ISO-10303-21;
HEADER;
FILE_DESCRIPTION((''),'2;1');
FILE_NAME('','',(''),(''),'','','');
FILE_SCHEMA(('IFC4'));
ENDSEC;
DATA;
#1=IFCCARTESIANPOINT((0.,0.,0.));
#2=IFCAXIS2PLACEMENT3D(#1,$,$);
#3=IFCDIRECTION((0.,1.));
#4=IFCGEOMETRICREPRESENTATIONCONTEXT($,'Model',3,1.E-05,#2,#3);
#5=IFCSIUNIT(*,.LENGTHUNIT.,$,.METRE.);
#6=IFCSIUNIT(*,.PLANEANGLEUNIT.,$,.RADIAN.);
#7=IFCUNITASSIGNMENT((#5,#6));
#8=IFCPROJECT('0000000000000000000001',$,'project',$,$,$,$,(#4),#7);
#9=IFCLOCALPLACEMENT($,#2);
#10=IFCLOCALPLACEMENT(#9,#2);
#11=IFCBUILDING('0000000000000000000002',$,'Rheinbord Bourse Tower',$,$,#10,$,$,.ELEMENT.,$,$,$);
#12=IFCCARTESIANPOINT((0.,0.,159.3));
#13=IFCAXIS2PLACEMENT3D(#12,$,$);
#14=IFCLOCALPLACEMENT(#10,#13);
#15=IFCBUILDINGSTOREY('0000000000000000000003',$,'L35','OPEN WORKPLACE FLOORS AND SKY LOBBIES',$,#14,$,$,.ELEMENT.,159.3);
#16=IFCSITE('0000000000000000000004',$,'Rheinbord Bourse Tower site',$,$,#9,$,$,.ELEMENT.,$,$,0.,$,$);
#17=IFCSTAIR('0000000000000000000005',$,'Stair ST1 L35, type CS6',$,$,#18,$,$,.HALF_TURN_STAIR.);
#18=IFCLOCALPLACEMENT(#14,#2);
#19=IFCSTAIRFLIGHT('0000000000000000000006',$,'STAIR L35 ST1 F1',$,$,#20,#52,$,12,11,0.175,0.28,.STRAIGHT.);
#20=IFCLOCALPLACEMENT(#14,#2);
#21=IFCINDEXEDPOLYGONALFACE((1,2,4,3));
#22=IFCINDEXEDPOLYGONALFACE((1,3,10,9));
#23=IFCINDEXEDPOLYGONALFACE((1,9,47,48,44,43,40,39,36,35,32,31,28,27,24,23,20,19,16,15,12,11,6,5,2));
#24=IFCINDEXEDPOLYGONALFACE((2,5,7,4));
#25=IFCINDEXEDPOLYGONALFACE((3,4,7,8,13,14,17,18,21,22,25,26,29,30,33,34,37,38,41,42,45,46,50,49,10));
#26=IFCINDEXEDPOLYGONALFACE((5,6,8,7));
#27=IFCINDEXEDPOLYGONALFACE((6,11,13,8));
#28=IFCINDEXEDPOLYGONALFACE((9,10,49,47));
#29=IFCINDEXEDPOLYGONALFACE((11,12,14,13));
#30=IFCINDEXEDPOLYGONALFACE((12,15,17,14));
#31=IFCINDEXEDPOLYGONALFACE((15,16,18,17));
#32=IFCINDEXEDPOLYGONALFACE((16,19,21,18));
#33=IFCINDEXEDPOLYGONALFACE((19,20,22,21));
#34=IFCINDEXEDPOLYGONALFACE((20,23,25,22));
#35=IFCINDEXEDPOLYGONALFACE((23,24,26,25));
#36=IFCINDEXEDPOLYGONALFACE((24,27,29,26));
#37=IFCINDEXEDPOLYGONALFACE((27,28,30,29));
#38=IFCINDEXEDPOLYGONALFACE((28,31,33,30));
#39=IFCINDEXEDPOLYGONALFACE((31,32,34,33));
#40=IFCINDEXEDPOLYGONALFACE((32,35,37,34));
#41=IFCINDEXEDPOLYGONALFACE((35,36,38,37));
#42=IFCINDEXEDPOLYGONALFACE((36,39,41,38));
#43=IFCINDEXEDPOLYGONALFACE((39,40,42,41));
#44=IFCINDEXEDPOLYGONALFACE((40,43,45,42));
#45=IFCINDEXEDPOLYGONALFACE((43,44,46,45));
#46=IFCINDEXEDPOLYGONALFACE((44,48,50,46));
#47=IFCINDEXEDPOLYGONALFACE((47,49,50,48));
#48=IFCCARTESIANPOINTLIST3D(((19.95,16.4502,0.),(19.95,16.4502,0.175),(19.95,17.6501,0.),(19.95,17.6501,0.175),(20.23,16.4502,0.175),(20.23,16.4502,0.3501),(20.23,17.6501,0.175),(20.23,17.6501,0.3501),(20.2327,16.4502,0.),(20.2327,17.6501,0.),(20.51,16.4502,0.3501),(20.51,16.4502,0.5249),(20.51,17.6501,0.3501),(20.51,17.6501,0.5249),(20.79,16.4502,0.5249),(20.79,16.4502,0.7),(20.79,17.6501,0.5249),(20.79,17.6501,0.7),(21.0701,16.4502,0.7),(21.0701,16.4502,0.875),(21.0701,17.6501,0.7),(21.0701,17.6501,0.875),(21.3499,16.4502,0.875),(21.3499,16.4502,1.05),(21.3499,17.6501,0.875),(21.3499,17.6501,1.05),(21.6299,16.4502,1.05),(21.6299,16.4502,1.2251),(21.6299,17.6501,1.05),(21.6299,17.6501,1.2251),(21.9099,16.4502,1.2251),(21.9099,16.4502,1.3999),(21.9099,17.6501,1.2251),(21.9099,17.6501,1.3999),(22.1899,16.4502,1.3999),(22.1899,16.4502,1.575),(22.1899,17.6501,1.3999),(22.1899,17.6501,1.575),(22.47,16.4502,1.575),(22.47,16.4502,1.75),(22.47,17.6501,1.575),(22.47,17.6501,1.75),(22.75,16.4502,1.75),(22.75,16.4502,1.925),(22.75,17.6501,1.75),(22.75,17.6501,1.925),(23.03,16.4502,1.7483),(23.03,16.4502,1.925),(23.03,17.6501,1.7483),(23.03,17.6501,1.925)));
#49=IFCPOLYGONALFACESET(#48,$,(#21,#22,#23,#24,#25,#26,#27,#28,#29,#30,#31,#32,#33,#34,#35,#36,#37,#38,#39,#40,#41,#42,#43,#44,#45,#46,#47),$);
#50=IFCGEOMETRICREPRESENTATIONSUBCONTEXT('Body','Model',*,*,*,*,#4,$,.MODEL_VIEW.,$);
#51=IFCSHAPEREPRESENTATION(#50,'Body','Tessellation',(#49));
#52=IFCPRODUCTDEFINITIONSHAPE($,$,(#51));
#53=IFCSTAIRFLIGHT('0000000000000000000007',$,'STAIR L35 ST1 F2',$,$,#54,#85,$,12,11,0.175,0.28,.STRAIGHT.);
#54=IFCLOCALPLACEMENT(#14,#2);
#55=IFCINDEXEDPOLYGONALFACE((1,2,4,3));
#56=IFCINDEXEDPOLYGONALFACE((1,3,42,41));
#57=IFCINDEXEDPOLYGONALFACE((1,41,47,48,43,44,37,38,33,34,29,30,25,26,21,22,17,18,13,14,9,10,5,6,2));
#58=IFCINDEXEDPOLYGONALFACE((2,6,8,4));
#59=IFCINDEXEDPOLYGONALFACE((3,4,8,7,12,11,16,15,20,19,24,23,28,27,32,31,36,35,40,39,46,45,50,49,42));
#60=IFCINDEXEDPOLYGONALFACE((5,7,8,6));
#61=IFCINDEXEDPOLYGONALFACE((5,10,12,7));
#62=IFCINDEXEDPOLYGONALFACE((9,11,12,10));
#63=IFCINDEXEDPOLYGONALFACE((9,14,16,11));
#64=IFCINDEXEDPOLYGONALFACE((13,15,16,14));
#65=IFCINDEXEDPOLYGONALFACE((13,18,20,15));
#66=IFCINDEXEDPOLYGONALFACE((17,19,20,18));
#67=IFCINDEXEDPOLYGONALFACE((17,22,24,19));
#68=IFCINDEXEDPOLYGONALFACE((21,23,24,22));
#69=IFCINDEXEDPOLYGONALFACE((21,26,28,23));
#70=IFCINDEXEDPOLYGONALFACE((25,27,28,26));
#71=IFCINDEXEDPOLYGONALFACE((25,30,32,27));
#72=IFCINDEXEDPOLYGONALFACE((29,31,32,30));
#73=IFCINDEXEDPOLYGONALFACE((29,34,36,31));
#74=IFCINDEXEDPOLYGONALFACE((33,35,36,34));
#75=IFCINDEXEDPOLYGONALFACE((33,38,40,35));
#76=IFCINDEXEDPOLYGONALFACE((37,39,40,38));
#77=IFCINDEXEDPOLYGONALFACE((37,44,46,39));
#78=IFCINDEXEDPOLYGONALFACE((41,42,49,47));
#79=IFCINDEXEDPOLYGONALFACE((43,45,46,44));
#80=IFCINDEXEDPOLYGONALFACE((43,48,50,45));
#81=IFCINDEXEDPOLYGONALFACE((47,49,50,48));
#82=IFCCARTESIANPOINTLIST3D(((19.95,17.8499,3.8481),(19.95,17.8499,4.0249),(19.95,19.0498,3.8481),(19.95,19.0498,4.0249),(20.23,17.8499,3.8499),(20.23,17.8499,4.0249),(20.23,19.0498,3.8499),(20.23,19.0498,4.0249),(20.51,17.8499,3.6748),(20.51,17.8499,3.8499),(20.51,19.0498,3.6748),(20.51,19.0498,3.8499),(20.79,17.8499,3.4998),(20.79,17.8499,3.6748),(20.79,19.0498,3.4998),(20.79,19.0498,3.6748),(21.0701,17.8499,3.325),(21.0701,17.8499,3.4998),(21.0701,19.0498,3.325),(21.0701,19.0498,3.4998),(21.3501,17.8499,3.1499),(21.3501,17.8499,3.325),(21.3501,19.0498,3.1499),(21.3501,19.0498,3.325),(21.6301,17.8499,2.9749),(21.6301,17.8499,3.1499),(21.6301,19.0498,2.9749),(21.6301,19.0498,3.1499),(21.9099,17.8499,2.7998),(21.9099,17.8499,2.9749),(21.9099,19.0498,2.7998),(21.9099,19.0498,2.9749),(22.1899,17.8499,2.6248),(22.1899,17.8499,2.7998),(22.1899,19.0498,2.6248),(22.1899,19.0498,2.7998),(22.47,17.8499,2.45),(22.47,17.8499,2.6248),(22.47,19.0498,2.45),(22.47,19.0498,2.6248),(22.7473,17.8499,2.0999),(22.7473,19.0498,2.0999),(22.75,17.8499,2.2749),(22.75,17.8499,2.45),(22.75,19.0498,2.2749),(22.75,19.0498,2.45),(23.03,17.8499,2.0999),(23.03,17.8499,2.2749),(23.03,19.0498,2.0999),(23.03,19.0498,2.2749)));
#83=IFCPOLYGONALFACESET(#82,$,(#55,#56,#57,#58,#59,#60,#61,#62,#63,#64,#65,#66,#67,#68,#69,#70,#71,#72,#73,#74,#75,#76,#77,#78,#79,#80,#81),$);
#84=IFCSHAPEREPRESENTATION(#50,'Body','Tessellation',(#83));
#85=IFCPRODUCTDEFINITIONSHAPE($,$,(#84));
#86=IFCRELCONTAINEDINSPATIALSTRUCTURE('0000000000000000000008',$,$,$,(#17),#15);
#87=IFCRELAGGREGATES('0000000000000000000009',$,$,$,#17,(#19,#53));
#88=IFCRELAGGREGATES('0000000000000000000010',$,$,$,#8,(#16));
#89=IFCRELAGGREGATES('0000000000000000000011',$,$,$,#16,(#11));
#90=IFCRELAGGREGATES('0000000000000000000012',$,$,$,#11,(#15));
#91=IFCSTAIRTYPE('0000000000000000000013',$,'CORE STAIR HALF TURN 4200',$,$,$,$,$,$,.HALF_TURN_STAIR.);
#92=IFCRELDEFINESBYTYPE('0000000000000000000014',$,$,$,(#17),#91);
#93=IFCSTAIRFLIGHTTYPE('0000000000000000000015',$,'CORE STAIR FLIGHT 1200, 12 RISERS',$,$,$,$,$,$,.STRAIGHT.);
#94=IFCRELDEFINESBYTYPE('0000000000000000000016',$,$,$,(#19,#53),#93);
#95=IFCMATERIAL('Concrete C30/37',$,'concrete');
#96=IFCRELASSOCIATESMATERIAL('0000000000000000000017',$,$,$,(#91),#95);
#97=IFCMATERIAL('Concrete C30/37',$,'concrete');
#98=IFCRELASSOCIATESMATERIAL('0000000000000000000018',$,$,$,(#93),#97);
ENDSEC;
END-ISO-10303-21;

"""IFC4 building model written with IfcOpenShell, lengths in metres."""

from ifc_helpers import new_model, si_unit, direction, frame, origin, place, context, subcontext, project, spatial, polyline, outline, extrude, material, type_object, element, aggregate, save


model = new_model("IFC4")

# Units and contexts
model_context = context("Model", 3, precision=1e-05, world=origin(), true_north=direction((0.0, 1.0)))
body_context = subcontext(model_context, "Body", "Model", "MODEL_VIEW")
ifc_project = project(units=[si_unit("LENGTHUNIT", "METRE"), si_unit("PLANEANGLEUNIT", "RADIAN")], contexts=[model_context])

# Site, building, storey
site_placement = place(None, origin())
site = spatial("IfcSite", under=ifc_project, at=site_placement, Name="Rheinbord Bourse Tower site", CompositionType="ELEMENT", RefElevation=0.0)
building_placement = place(site_placement, origin())
building = spatial("IfcBuilding", under=site, at=building_placement, Name="Rheinbord Bourse Tower", CompositionType="ELEMENT")
storey_placement = place(building_placement, frame((0.0, 0.0, 159.3)))
storey = spatial("IfcBuildingStorey", under=building, at=storey_placement, Name="L35", Description="OPEN WORKPLACE FLOORS AND SKY LOBBIES", CompositionType="ELEMENT", Elevation=159.3)

# Stair, stair flights
ifc_material_1 = material(Name="Concrete C30/37", Category="concrete")
stair_type = type_object("IfcStairType", Name="CORE STAIR HALF TURN 4200", PredefinedType="HALF_TURN_STAIR", material=ifc_material_1)
stair_placement = place(storey_placement, origin())
stair = element("IfcStair", 1, at=stair_placement, inside=storey, type_object=stair_type, Name="Stair ST1 L35, type CS6", PredefinedType="HALF_TURN_STAIR")
ifc_material_2 = material(Name="Concrete C30/37", Category="concrete")
stair_flight_type = type_object("IfcStairFlightType", Name="CORE STAIR FLIGHT 1200, 12 RISERS", PredefinedType="STRAIGHT", material=ifc_material_2)
stair_flight_1_placement = place(storey_placement, frame((19.95, 17.05, 0.0), z_axis=(0.0, 0.0, 1.0), x_axis=(1.0, 0.0, 0.0)))
stair_flight_1 = element("IfcStairFlight", 2, at=stair_flight_1_placement, type_object=stair_flight_type, Name="STAIR L35 ST1 F1", NumberOfRisers=12, NumberOfTreads=11, PredefinedType="STRAIGHT", RiserHeight=0.175, TreadLength=0.28, context=body_context, shape_type="SweptSolid", body=[
    extrude(outline(polyline([(0.0, 0.0), (0.0, 0.175), (0.28, 0.175), (0.28, 0.3501), (0.5601, 0.3501), (0.5601, 0.5249), (0.8401, 0.5249), (0.8401, 0.7), (1.1201, 0.7), (1.1201, 0.875), (1.3999, 0.875), (1.3999, 1.05), (1.6799, 1.05), (1.6799, 1.2251), (1.96, 1.2251), (1.96, 1.3999), (2.24, 1.3999), (2.24, 1.575), (2.52, 1.575), (2.52, 1.75), (2.8, 1.75), (2.8, 1.925), (3.0801, 1.925), (3.0801, 2.1001), (3.0801, 1.7483), (0.2827, 0.0), (0.0, 0.0)])), frame((0.0, 0.6001, 0.0), z_axis=(0.0, -1.0, 0.0), x_axis=(1.0, 0.0, 0.0)), (0.0, 0.0, 1.0), 1.2),
])
stair_flight_2_placement = place(storey_placement, frame((23.03, 18.45, 2.0999), z_axis=(0.0, 0.0, 1.0), x_axis=(-1.0, 0.0, 0.0)))
stair_flight_2 = element("IfcStairFlight", 3, at=stair_flight_2_placement, type_object=stair_flight_type, Name="STAIR L35 ST1 F2", NumberOfRisers=12, NumberOfTreads=11, PredefinedType="STRAIGHT", RiserHeight=0.175, TreadLength=0.28, context=body_context, shape_type="SweptSolid", body=[
    extrude(outline(polyline([(0.0, 0.0), (0.0, 0.175), (0.28, 0.175), (0.28, 0.3501), (0.5601, 0.3501), (0.5601, 0.5249), (0.8401, 0.5249), (0.8401, 0.7), (1.1201, 0.7), (1.1201, 0.875), (1.3999, 0.875), (1.3999, 1.05), (1.6799, 1.05), (1.6799, 1.2251), (1.96, 1.2251), (1.96, 1.3999), (2.24, 1.3999), (2.24, 1.575), (2.52, 1.575), (2.52, 1.75), (2.8, 1.75), (2.8, 1.925), (3.0801, 1.925), (3.0801, 2.1001), (3.0801, 1.7483), (0.2827, 0.0), (0.0, 0.0)])), frame((0.0, 0.6001, 0.0), z_axis=(0.0, -1.0, 0.0), x_axis=(1.0, 0.0, 0.0)), (0.0, 0.0, 1.0), 1.2),
])
aggregate(stair, [stair_flight_1, stair_flight_2])

save(model, "model.ifc")
